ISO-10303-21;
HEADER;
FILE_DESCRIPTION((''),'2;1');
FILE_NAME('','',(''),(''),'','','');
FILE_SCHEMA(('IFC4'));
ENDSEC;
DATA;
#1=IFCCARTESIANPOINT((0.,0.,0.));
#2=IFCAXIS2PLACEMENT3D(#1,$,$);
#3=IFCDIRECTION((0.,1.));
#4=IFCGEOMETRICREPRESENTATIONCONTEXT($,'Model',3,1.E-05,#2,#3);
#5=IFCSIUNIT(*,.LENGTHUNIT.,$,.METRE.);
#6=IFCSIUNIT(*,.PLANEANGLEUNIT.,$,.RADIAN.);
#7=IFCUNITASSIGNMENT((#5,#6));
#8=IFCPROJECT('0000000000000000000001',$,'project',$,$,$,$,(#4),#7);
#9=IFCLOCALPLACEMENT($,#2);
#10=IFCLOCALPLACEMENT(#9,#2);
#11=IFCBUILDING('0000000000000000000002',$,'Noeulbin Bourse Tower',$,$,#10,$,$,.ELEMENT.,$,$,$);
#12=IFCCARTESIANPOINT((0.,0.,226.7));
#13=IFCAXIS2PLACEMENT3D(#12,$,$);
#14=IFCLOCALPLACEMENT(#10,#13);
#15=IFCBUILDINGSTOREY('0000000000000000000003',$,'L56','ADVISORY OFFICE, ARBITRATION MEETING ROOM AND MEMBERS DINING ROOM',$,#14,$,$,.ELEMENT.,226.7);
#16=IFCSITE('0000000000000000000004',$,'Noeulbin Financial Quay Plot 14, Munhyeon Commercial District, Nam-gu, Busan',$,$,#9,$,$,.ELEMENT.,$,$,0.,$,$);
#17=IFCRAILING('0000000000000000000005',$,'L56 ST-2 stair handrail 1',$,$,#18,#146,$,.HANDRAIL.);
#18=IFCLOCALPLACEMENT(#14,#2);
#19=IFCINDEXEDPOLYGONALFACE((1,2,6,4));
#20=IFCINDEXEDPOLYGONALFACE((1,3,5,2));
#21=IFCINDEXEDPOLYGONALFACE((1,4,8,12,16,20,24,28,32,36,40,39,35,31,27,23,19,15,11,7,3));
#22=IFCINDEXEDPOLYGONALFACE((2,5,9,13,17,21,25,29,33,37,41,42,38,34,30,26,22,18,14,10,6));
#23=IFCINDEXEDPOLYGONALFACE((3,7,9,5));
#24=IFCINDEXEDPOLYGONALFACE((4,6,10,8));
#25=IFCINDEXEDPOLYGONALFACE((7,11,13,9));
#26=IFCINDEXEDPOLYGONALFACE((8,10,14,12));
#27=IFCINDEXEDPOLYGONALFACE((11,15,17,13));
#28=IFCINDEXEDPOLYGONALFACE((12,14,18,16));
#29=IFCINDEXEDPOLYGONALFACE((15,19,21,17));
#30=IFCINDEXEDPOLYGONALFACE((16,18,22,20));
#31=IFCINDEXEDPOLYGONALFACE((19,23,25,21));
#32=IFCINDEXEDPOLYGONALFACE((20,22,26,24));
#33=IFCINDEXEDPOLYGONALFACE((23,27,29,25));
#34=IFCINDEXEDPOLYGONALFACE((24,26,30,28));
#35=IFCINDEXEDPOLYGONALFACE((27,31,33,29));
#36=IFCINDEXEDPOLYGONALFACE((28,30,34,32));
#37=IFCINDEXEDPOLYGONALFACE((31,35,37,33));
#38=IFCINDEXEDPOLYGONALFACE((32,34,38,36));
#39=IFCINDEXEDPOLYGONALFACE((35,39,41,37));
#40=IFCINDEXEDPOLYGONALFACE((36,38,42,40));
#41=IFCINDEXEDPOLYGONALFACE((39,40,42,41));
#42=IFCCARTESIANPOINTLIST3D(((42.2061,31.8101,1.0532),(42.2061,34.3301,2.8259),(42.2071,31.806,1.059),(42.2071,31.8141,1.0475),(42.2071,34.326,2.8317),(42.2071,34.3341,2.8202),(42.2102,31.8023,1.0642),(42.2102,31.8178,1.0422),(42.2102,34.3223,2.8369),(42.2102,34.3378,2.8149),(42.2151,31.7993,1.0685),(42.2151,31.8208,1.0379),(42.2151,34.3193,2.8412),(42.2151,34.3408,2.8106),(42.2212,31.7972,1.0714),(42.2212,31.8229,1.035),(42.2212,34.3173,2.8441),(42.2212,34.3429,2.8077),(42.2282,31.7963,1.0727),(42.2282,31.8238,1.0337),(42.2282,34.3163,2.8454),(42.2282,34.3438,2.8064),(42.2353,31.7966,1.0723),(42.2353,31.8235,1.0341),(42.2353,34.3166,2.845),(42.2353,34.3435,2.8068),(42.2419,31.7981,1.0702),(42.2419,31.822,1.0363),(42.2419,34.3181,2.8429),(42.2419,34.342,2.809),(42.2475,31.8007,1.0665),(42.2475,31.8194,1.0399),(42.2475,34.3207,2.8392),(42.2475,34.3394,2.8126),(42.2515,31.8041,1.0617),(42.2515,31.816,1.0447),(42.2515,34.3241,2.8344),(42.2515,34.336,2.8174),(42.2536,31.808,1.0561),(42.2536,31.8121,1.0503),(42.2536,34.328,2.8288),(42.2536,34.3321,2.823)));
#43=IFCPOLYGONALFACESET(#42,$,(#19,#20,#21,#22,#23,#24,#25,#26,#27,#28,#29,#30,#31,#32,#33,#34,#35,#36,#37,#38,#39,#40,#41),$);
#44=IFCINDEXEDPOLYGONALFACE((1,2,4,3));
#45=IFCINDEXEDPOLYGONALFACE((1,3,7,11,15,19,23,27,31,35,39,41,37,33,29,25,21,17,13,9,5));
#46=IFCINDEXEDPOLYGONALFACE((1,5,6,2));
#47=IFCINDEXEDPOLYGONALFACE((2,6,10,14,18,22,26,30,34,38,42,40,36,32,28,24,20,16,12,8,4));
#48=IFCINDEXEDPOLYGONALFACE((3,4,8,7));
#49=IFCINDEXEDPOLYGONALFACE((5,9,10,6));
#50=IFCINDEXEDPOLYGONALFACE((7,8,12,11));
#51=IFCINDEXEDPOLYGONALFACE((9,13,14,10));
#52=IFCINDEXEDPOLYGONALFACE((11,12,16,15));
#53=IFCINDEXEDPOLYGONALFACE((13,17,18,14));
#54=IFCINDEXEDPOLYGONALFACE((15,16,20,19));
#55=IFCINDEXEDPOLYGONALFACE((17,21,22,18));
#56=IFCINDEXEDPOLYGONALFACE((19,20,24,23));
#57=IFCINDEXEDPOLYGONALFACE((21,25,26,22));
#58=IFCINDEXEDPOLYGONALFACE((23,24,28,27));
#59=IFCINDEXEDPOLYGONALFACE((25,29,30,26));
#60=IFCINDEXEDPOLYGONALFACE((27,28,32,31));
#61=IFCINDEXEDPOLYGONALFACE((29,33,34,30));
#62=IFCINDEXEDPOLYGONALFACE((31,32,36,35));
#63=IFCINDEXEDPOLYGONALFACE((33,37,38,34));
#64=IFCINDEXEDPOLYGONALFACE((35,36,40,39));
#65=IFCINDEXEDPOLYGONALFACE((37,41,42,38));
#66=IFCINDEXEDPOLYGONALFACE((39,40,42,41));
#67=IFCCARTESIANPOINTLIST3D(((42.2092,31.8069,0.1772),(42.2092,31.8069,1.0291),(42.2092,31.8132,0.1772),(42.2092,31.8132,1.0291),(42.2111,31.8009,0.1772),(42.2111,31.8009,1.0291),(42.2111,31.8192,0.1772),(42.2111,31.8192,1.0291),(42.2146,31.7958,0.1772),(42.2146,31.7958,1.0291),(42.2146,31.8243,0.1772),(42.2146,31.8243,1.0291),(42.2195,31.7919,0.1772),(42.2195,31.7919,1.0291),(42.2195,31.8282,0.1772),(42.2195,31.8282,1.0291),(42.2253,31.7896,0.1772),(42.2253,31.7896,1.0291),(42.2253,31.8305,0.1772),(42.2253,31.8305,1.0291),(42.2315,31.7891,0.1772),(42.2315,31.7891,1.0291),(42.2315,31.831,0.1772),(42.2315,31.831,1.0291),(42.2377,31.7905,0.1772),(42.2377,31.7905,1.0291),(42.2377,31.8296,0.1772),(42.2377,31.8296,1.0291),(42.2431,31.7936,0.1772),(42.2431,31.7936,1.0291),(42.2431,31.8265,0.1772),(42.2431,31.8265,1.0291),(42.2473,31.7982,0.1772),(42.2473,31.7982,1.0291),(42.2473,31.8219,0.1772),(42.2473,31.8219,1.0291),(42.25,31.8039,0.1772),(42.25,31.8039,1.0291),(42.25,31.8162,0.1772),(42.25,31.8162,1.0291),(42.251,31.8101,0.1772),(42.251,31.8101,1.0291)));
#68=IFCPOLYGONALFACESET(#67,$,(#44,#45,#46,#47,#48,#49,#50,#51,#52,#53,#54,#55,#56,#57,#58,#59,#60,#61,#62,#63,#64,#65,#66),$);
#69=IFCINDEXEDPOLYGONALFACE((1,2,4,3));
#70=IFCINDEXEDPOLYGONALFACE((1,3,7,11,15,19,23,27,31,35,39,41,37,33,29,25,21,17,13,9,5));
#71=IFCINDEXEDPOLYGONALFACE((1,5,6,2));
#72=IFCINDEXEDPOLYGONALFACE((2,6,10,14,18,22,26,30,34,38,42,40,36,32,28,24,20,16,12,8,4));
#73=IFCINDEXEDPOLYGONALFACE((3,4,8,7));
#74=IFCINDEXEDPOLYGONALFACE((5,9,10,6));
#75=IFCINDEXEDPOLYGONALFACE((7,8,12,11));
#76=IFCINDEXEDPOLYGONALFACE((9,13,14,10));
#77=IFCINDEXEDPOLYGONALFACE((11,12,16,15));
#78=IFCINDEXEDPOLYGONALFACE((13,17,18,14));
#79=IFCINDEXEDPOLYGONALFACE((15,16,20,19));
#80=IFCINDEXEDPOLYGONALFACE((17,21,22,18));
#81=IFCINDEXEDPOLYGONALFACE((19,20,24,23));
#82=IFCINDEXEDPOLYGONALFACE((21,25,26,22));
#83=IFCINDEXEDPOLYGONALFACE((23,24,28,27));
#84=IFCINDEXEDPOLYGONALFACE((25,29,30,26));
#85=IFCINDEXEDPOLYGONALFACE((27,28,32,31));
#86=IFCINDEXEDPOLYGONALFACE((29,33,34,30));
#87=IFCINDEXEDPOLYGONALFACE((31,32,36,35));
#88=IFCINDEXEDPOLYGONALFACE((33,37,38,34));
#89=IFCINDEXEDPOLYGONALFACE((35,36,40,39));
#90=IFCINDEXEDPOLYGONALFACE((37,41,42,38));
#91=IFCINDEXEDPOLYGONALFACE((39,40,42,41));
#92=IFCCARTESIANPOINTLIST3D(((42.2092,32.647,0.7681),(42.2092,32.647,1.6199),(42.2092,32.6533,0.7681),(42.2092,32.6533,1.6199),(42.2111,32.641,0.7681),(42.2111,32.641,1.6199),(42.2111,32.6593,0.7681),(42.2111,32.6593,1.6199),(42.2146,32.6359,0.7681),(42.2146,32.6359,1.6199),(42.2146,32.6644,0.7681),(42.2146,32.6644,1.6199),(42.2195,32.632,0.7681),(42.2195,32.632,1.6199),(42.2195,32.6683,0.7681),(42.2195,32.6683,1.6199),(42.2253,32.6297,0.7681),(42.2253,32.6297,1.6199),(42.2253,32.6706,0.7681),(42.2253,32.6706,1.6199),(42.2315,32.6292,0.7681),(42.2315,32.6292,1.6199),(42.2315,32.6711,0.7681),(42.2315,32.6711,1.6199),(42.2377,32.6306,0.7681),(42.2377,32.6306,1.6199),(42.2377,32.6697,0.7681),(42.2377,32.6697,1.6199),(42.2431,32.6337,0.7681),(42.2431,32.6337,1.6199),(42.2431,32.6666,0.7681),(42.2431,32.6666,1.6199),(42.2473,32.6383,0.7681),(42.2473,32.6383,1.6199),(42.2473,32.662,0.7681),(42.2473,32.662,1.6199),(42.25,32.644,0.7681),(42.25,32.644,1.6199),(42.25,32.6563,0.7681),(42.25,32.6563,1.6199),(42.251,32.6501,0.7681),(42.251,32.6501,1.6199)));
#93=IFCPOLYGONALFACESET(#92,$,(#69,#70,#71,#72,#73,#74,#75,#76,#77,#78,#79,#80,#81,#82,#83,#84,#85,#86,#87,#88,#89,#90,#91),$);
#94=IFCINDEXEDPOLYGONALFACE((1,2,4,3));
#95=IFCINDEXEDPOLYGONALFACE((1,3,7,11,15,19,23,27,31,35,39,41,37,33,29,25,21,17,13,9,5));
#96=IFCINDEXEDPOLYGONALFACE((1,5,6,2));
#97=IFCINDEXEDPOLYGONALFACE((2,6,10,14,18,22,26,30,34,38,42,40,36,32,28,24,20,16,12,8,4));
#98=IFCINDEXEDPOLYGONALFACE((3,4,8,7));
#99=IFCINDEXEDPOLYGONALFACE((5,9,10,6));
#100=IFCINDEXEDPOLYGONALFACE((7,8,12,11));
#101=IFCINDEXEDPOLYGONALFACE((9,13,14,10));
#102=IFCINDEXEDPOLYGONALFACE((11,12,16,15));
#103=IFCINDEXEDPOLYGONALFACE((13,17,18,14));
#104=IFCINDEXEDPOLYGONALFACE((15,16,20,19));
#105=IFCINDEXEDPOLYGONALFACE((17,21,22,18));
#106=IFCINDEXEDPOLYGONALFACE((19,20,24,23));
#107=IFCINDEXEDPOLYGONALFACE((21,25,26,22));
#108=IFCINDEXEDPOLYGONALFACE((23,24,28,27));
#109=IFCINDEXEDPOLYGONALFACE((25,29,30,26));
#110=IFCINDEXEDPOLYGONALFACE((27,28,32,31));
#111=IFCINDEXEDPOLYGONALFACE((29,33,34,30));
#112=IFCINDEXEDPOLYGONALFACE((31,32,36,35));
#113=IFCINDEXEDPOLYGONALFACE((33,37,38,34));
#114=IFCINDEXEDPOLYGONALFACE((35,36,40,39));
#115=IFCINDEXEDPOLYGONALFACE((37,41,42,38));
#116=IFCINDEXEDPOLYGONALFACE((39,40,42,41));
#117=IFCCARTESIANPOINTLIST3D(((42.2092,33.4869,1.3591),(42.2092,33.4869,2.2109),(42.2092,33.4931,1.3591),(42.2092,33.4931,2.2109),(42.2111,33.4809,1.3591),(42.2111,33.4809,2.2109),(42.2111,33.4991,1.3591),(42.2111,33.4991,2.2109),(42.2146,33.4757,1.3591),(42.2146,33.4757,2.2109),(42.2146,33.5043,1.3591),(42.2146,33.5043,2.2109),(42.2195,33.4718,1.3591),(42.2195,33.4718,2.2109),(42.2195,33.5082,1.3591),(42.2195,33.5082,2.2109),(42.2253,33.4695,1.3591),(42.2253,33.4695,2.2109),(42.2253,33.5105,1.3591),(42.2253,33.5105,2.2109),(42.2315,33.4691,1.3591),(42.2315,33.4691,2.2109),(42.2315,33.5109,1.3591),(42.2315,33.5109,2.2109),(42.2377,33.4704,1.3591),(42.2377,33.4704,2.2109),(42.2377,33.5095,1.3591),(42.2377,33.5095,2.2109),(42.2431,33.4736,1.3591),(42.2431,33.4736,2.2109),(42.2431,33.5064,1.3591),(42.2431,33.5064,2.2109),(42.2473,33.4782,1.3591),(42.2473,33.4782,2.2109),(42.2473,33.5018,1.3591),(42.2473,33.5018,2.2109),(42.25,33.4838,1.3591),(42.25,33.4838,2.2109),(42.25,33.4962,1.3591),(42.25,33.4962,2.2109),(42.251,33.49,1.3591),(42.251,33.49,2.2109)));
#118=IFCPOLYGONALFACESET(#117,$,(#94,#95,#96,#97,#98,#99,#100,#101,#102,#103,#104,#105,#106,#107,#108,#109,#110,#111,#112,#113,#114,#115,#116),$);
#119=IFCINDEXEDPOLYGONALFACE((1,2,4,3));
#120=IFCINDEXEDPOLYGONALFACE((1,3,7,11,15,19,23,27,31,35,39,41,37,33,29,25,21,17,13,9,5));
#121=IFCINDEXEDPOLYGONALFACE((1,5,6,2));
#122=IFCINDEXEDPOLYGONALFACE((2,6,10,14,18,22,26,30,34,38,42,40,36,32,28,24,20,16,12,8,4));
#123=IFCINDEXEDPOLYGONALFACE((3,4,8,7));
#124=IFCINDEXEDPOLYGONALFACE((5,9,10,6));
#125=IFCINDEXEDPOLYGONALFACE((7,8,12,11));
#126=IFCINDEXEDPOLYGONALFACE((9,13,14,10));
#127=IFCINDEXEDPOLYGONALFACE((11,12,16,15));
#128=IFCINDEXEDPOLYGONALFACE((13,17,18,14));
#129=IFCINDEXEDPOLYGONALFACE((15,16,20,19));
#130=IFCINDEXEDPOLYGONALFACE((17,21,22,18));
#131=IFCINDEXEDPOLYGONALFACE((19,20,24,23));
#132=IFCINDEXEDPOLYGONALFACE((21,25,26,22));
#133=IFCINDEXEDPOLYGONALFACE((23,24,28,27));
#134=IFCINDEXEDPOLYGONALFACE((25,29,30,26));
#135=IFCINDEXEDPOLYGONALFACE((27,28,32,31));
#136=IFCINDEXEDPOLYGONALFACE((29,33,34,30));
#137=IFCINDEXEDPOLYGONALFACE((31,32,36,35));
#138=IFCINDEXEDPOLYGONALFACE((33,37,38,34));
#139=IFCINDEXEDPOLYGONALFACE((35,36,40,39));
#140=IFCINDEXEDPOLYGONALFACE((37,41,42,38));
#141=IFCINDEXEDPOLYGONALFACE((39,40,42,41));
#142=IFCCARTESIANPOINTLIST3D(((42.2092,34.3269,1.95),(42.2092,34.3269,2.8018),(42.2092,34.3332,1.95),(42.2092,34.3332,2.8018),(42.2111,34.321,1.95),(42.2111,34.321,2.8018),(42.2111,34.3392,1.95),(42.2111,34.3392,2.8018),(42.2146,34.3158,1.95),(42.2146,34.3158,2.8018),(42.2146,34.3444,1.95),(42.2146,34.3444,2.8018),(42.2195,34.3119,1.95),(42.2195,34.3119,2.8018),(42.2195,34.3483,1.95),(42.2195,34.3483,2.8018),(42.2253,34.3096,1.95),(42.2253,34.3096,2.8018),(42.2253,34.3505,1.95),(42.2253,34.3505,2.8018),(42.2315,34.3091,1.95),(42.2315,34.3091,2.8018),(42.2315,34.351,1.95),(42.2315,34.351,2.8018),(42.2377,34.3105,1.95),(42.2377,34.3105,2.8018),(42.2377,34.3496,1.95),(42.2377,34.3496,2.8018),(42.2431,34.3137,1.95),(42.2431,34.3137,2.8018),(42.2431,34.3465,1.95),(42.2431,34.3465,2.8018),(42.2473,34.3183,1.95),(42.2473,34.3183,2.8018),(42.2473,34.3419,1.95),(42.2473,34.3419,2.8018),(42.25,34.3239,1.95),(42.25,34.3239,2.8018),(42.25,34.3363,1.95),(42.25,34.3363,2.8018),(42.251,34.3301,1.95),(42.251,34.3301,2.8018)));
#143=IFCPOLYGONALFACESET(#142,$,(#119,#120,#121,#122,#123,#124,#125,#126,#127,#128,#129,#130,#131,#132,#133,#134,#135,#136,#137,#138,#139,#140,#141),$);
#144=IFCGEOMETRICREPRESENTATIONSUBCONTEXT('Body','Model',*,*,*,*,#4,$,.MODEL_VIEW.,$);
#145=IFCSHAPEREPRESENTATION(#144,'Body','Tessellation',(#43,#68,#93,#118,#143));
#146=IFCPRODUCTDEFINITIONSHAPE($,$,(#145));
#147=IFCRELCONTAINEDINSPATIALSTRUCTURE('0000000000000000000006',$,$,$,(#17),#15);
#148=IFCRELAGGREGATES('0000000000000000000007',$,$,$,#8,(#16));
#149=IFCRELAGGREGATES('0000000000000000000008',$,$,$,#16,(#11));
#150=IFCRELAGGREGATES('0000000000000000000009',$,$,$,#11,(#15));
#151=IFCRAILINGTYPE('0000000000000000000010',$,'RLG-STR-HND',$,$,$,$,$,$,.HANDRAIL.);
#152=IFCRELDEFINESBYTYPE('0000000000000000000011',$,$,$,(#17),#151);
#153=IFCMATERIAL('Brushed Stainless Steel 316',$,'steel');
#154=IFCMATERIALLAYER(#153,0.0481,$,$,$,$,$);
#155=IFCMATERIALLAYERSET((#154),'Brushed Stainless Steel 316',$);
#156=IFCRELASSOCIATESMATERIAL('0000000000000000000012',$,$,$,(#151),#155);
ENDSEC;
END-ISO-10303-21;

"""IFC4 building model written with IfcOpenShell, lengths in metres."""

from ifc_helpers import new_model, si_unit, direction, frame, origin, origin_2d, place, context, subcontext, project, spatial, circle, extrude, material, layer, layer_set, type_object, element, save


model = new_model("IFC4")

# Units and contexts
model_context = context("Model", 3, precision=1e-05, world=origin(), true_north=direction((0.0, 1.0)))
body_context = subcontext(model_context, "Body", "Model", "MODEL_VIEW")
ifc_project = project(units=[si_unit("LENGTHUNIT", "METRE"), si_unit("PLANEANGLEUNIT", "RADIAN")], contexts=[model_context])

# Site, building, storey
site_placement = place(None, origin())
site = spatial("IfcSite", under=ifc_project, at=site_placement, Name="Noeulbin Financial Quay Plot 14, Munhyeon Commercial District, Nam-gu, Busan", CompositionType="ELEMENT", RefElevation=0.0)
building_placement = place(site_placement, origin())
building = spatial("IfcBuilding", under=site, at=building_placement, Name="Noeulbin Bourse Tower", CompositionType="ELEMENT")
storey_placement = place(building_placement, frame((0.0, 0.0, 226.7)))
storey = spatial("IfcBuildingStorey", under=building, at=storey_placement, Name="L56", Description="ADVISORY OFFICE, ARBITRATION MEETING ROOM AND MEMBERS DINING ROOM", CompositionType="ELEMENT", Elevation=226.7)

# Railing
ifc_material_1 = material(Name="Brushed Stainless Steel 316", Category="steel")
ifc_layer_1 = layer(ifc_material_1, 0.0481)
ifc_layer_set_1 = layer_set([ifc_layer_1], Name="Brushed Stainless Steel 316")
railing_type = type_object("IfcRailingType", Name="RLG-STR-HND", PredefinedType="HANDRAIL", material=ifc_layer_set_1)
railing_placement = place(storey_placement, frame((42.23, 31.8101, 0.1772)))
element("IfcRailing", 1, at=railing_placement, inside=storey, type_object=railing_type, Name="L56 ST-2 stair handrail 1", PredefinedType="HANDRAIL", context=body_context, shape_type="SweptSolid", body=[
    extrude(circle(Radius=0.0239, at=origin_2d()), frame((0.0, 0.0, 0.876), z_axis=(0.0, 0.817904, 0.575354), x_axis=(-1.0, 0.0, 0.0)), (0.0, 0.0, 1.0), 3.0811),
    extrude(circle(Radius=0.021, at=origin_2d()), origin(), (0.0, 0.0, 1.0), 0.8518),
    extrude(circle(Radius=0.021, at=origin_2d()), frame((0.0, 0.8401, 0.5908)), (0.0, 0.0, 1.0), 0.8518),
    extrude(circle(Radius=0.021, at=origin_2d()), frame((0.0, 1.6799, 1.1819)), (0.0, 0.0, 1.0), 0.8518),
    extrude(circle(Radius=0.021, at=origin_2d()), frame((0.0, 2.52, 1.7727)), (0.0, 0.0, 1.0), 0.8518),
])

save(model, "model.ifc")
